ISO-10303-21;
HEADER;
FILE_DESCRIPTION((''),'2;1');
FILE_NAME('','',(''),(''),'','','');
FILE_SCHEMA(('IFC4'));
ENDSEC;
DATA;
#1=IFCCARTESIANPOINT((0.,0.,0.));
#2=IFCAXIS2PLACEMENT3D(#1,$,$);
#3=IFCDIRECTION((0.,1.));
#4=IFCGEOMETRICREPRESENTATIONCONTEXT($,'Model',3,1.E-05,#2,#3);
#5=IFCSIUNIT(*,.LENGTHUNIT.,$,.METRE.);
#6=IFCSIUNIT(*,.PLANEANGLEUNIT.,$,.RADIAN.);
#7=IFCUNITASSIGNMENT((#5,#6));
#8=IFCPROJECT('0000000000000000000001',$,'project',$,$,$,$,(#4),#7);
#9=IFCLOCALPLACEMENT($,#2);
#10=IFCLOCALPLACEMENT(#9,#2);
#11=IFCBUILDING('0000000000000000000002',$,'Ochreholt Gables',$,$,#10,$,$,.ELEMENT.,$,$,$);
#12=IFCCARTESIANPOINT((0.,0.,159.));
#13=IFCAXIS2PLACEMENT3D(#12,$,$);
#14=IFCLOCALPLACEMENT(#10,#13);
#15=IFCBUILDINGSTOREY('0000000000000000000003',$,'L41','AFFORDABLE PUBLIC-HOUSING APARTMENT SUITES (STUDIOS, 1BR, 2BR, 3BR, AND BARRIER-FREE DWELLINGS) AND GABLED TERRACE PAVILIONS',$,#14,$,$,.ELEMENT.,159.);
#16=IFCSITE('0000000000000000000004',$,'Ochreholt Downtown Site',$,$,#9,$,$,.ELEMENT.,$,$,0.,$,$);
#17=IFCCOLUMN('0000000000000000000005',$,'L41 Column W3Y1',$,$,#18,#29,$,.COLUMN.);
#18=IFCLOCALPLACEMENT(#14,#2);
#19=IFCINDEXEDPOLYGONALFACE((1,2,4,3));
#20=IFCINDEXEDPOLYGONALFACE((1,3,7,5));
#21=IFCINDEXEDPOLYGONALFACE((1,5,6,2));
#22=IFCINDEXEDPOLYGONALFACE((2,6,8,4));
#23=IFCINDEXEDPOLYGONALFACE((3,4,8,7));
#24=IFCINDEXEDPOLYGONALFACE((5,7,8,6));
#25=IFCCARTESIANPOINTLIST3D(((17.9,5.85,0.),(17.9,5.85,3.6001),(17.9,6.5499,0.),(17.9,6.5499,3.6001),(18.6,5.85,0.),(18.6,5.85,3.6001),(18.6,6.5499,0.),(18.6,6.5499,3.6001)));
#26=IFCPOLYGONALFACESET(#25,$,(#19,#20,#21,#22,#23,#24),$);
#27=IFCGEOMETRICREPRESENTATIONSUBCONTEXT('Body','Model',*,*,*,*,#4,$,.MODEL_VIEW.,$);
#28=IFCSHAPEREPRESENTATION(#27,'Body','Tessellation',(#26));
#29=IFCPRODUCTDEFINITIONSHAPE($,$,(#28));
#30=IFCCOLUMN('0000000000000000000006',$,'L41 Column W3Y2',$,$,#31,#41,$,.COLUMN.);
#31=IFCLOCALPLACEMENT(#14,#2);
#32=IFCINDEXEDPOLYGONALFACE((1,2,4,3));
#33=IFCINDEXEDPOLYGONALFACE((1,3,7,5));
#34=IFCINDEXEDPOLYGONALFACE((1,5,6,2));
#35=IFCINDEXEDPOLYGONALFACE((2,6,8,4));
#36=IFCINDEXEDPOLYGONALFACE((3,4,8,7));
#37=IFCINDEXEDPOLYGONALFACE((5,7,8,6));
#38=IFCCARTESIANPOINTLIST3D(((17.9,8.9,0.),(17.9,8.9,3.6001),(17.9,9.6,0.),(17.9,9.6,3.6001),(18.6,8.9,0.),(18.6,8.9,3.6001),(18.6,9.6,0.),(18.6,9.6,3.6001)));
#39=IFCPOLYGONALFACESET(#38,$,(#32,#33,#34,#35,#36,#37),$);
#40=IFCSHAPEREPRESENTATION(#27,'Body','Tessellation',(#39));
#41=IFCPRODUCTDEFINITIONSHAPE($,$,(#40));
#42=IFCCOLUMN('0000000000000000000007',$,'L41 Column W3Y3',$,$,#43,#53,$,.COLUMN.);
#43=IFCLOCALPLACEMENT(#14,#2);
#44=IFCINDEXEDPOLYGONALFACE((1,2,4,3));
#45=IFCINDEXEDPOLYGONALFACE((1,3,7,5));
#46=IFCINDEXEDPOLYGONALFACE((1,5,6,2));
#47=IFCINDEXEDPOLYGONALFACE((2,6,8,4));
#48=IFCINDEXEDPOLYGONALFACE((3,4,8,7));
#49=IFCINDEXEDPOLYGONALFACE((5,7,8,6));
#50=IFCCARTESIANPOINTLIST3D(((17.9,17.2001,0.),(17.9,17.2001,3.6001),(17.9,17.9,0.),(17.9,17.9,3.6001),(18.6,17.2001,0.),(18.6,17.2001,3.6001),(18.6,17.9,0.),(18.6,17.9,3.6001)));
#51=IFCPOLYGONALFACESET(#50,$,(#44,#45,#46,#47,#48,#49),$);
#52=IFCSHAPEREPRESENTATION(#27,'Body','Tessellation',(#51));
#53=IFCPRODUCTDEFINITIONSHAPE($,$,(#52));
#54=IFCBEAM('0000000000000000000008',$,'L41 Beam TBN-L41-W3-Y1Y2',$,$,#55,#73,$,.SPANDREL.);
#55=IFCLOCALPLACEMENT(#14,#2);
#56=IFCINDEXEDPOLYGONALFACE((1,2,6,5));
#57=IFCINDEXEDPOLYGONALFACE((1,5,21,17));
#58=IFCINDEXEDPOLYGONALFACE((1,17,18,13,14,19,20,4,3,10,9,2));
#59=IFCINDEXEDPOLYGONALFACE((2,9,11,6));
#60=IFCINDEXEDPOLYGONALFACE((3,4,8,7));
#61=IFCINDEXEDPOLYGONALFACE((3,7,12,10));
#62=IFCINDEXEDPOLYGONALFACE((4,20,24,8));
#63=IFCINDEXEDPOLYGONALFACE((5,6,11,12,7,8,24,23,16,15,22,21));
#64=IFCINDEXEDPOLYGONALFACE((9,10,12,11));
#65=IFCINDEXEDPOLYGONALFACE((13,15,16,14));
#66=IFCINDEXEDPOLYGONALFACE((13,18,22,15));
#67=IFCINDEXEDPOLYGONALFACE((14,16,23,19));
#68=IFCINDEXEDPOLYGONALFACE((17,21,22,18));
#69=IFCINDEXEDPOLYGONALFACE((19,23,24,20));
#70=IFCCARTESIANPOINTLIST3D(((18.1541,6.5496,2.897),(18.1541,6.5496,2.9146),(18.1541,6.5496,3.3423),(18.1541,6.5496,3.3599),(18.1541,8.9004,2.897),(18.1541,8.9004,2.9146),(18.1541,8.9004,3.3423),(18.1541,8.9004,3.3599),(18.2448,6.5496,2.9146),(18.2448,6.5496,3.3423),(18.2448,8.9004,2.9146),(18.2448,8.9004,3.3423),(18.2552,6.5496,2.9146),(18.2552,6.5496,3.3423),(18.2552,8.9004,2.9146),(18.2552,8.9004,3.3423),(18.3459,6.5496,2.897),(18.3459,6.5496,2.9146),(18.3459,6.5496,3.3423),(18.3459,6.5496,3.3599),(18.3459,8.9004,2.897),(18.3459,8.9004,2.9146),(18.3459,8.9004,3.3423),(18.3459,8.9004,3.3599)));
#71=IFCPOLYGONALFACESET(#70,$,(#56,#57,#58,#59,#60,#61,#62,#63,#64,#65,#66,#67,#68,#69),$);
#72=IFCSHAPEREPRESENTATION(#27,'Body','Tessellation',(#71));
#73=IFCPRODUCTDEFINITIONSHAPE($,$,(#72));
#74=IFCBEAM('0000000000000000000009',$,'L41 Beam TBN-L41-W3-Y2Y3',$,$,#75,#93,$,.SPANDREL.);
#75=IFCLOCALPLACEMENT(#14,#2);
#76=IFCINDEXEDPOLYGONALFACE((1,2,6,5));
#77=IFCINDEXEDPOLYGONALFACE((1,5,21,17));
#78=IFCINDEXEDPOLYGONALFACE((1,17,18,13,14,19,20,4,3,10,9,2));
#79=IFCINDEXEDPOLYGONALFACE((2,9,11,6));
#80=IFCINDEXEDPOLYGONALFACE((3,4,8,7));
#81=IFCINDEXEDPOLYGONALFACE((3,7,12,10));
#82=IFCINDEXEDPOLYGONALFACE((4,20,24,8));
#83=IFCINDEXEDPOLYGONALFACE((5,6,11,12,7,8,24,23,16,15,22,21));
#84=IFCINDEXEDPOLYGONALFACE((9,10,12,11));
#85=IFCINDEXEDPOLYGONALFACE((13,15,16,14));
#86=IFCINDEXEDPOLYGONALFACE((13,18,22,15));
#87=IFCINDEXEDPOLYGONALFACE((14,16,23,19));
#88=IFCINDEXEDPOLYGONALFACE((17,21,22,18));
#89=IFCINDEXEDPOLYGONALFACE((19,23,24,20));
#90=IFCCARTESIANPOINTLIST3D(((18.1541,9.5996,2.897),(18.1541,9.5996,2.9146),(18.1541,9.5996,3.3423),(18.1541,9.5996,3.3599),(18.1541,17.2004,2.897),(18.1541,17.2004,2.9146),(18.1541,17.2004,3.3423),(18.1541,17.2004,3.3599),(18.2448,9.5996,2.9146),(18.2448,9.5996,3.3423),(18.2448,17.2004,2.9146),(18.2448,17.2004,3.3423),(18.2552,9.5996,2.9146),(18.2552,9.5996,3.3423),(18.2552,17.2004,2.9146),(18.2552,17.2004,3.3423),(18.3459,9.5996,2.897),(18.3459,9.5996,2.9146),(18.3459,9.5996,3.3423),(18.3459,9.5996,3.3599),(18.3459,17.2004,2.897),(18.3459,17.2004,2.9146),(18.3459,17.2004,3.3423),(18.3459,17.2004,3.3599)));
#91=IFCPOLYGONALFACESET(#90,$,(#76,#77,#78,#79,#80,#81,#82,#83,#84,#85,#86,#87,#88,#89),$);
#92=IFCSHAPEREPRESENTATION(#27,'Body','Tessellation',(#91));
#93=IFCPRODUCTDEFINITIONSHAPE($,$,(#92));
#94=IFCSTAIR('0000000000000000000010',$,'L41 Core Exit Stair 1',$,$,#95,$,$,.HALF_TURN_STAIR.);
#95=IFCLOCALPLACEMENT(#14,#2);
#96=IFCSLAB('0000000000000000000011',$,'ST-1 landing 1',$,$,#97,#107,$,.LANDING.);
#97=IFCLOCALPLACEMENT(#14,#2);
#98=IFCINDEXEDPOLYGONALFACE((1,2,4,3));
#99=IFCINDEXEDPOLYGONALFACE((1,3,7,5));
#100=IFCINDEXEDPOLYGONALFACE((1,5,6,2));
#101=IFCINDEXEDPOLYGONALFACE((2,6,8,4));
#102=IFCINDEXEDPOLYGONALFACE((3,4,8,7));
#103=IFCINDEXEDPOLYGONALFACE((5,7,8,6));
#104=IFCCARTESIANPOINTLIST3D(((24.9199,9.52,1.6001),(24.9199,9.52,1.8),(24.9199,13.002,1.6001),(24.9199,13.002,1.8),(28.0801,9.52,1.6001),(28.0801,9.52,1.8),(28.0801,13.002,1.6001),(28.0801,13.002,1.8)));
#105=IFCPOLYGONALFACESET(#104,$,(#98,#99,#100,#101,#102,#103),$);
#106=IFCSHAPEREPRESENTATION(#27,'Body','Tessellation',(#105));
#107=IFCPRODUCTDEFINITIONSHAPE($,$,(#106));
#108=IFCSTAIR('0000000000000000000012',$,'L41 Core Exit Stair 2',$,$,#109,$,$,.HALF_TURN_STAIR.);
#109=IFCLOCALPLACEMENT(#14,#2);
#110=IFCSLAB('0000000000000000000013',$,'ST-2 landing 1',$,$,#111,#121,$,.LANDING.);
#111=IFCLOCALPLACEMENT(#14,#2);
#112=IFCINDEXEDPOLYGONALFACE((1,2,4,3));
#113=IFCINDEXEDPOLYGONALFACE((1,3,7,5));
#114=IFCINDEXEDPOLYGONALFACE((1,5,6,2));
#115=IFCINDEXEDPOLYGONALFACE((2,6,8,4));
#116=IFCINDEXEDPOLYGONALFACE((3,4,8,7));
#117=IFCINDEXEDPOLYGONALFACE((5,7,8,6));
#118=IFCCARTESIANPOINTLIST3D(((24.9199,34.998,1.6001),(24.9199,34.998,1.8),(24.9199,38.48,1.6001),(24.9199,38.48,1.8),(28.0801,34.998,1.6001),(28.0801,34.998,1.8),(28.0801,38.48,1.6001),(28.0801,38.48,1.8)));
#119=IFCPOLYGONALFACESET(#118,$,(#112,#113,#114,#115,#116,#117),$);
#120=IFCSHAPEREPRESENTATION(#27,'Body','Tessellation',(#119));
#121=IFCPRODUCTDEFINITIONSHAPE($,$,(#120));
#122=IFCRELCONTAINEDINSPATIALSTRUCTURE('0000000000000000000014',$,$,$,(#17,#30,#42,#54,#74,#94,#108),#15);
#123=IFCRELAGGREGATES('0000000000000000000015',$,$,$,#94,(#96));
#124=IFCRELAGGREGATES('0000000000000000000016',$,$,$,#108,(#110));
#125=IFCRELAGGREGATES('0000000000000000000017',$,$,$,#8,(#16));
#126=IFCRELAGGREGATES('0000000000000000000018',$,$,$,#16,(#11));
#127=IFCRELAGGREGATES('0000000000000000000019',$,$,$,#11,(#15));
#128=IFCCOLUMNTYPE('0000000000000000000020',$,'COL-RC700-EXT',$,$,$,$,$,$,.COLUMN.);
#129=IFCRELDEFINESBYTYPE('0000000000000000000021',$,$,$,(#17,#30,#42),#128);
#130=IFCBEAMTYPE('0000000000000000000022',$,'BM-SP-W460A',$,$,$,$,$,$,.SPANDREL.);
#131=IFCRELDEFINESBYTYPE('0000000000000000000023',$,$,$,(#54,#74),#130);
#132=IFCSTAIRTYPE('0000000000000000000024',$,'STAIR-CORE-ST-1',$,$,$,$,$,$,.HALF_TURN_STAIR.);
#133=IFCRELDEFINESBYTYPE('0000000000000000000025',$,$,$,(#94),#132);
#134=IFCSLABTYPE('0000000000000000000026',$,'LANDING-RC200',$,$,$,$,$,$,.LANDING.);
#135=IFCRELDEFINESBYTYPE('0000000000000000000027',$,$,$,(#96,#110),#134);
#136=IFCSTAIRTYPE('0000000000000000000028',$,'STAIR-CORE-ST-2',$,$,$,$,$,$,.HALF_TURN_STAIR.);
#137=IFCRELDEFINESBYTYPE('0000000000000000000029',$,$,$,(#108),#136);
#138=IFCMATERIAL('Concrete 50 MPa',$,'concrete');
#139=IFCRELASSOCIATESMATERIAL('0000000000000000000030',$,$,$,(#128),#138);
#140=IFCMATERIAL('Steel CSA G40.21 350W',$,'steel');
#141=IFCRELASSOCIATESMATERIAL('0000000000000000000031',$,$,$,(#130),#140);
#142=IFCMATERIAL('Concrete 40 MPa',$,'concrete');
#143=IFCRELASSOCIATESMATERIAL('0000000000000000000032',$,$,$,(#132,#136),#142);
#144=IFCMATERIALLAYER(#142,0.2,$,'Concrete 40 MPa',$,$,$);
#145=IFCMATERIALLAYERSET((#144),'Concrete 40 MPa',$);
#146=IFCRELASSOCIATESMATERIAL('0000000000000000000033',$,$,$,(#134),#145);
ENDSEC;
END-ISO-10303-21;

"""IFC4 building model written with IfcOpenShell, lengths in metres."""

from ifc_helpers import new_model, si_unit, direction, frame, origin, origin_2d, place, context, subcontext, project, spatial, polyline, rectangle, i_section, outline, extrude, material, layer, layer_set, material_profile, profile_set, type_object, element, aggregate, save


model = new_model("IFC4")

# Units and contexts
model_context = context("Model", 3, precision=1e-05, world=origin(), true_north=direction((0.0, 1.0)))
body_context = subcontext(model_context, "Body", "Model", "MODEL_VIEW")
ifc_project = project(units=[si_unit("LENGTHUNIT", "METRE"), si_unit("PLANEANGLEUNIT", "RADIAN")], contexts=[model_context])

# Site, building, storey
site_placement = place(None, origin())
site = spatial("IfcSite", under=ifc_project, at=site_placement, Name="Ochreholt Downtown Site", CompositionType="ELEMENT", RefElevation=0.0)
building_placement = place(site_placement, origin())
building = spatial("IfcBuilding", under=site, at=building_placement, Name="Ochreholt Gables", CompositionType="ELEMENT")
storey_placement = place(building_placement, frame((0.0, 0.0, 159.0)))
storey = spatial("IfcBuildingStorey", under=building, at=storey_placement, Name="L41", Description="AFFORDABLE PUBLIC-HOUSING APARTMENT SUITES (STUDIOS, 1BR, 2BR, 3BR, AND BARRIER-FREE DWELLINGS) AND GABLED TERRACE PAVILIONS", CompositionType="ELEMENT", Elevation=159.0)

# Columns
ifc_material_1 = material(Name="Concrete 50 MPa", Category="concrete")
ifc_material_profile_1 = material_profile(ifc_material_1, rectangle(XDim=0.7, YDim=0.7, at=origin_2d()), Name="RC700X700")
ifc_profile_set_1 = profile_set([ifc_material_profile_1], Name="Concrete 50 MPa")
column_type = type_object("IfcColumnType", Name="COL-RC700-EXT", PredefinedType="COLUMN", material=ifc_profile_set_1)
for number, where, z_axis, x_axis, name in (
    (1, (18.25, 6.2, 0.0), (0.0, 0.0, 1.0), (1.0, 0.0, 0.0), "L41 Column W3Y1"),
    (2, (18.25, 9.25, 0.0), (0.0, 0.0, 1.0), (1.0, 0.0, 0.0), "L41 Column W3Y2"),
    (3, (18.25, 17.55, 0.0), (0.0, 0.0, 1.0), (1.0, 0.0, 0.0), "L41 Column W3Y3"),
):
    element("IfcColumn", number, at=place(storey_placement, frame(where, z_axis=z_axis, x_axis=x_axis)), inside=storey, type_object=column_type, Name=name, PredefinedType="COLUMN", context=body_context, shape_type="SweptSolid", body=[
        extrude(rectangle(XDim=0.7, YDim=0.7, at=origin_2d()), origin(), (0.0, 0.0, 1.0), 3.6001),
    ])

# Beams
ifc_material_2 = material(Name="Steel CSA G40.21 350W", Category="steel")
ifc_material_profile_2 = material_profile(ifc_material_2, i_section(OverallWidth=0.1919, OverallDepth=0.4629, WebThickness=0.0105, FlangeThickness=0.0176, at=origin_2d()), Name="W460X89")
ifc_profile_set_2 = profile_set([ifc_material_profile_2], Name="Steel CSA G40.21 350W")
beam_type = type_object("IfcBeamType", Name="BM-SP-W460A", PredefinedType="SPANDREL", material=ifc_profile_set_2)
beam_1_placement = place(storey_placement, frame((18.25, 6.5496, 3.1284), z_axis=(0.0, 1.0, 0.0), x_axis=(-1.0, 0.0, 0.0)))
element("IfcBeam", 4, at=beam_1_placement, inside=storey, type_object=beam_type, Name="L41 Beam TBN-L41-W3-Y1Y2", PredefinedType="SPANDREL", context=body_context, shape_type="SweptSolid", body=[
    extrude(i_section(OverallWidth=0.1919, OverallDepth=0.4629, WebThickness=0.0105, FlangeThickness=0.0176, at=origin_2d()), origin(), (0.0, 0.0, 1.0), 2.3508),
])
beam_2_placement = place(storey_placement, frame((18.25, 9.5996, 3.1284), z_axis=(0.0, 1.0, 0.0), x_axis=(-1.0, 0.0, 0.0)))
element("IfcBeam", 5, at=beam_2_placement, inside=storey, type_object=beam_type, Name="L41 Beam TBN-L41-W3-Y2Y3", PredefinedType="SPANDREL", context=body_context, shape_type="SweptSolid", body=[
    extrude(i_section(OverallWidth=0.1919, OverallDepth=0.4629, WebThickness=0.0105, FlangeThickness=0.0176, at=origin_2d()), origin(), (0.0, 0.0, 1.0), 7.6008),
])

# Stairs, slabs
ifc_material_3 = material(Name="Concrete 40 MPa", Category="concrete")
stair_type_1 = type_object("IfcStairType", Name="STAIR-CORE-ST-1", PredefinedType="HALF_TURN_STAIR", material=ifc_material_3)
stair_1_placement = place(storey_placement, origin())
stair_1 = element("IfcStair", 6, at=stair_1_placement, inside=storey, type_object=stair_type_1, Name="L41 Core Exit Stair 1", PredefinedType="HALF_TURN_STAIR")
ifc_layer_1 = layer(ifc_material_3, 0.2, Name="Concrete 40 MPa")
ifc_layer_set_1 = layer_set([ifc_layer_1], Name="Concrete 40 MPa")
slab_type_1 = type_object("IfcSlabType", Name="LANDING-RC200", PredefinedType="LANDING", material=ifc_layer_set_1)
slab_1_placement = place(storey_placement, frame((0.0, 0.0, 1.6001)))
slab_1 = element("IfcSlab", 7, at=slab_1_placement, type_object=slab_type_1, Name="ST-1 landing 1", PredefinedType="LANDING", context=body_context, shape_type="SweptSolid", body=[
    extrude(outline(polyline([(24.9199, 13.002), (24.9199, 9.52), (28.0801, 9.52), (28.0801, 13.002), (24.9199, 13.002)])), origin(), (0.0, 0.0, 1.0), 0.2),
])
aggregate(stair_1, [slab_1])
stair_type_2 = type_object("IfcStairType", Name="STAIR-CORE-ST-2", PredefinedType="HALF_TURN_STAIR", material=ifc_material_3)
stair_2_placement = place(storey_placement, origin())
stair_2 = element("IfcStair", 8, at=stair_2_placement, inside=storey, type_object=stair_type_2, Name="L41 Core Exit Stair 2", PredefinedType="HALF_TURN_STAIR")
slab_2_placement = place(storey_placement, frame((0.0, 0.0, 1.6001)))
slab_2 = element("IfcSlab", 9, at=slab_2_placement, type_object=slab_type_1, Name="ST-2 landing 1", PredefinedType="LANDING", context=body_context, shape_type="SweptSolid", body=[
    extrude(outline(polyline([(28.0801, 34.998), (28.0801, 38.48), (24.9199, 38.48), (24.9199, 34.998), (28.0801, 34.998)])), origin(), (0.0, 0.0, 1.0), 0.2),
])
aggregate(stair_2, [slab_2])

save(model, "model.ifc")
